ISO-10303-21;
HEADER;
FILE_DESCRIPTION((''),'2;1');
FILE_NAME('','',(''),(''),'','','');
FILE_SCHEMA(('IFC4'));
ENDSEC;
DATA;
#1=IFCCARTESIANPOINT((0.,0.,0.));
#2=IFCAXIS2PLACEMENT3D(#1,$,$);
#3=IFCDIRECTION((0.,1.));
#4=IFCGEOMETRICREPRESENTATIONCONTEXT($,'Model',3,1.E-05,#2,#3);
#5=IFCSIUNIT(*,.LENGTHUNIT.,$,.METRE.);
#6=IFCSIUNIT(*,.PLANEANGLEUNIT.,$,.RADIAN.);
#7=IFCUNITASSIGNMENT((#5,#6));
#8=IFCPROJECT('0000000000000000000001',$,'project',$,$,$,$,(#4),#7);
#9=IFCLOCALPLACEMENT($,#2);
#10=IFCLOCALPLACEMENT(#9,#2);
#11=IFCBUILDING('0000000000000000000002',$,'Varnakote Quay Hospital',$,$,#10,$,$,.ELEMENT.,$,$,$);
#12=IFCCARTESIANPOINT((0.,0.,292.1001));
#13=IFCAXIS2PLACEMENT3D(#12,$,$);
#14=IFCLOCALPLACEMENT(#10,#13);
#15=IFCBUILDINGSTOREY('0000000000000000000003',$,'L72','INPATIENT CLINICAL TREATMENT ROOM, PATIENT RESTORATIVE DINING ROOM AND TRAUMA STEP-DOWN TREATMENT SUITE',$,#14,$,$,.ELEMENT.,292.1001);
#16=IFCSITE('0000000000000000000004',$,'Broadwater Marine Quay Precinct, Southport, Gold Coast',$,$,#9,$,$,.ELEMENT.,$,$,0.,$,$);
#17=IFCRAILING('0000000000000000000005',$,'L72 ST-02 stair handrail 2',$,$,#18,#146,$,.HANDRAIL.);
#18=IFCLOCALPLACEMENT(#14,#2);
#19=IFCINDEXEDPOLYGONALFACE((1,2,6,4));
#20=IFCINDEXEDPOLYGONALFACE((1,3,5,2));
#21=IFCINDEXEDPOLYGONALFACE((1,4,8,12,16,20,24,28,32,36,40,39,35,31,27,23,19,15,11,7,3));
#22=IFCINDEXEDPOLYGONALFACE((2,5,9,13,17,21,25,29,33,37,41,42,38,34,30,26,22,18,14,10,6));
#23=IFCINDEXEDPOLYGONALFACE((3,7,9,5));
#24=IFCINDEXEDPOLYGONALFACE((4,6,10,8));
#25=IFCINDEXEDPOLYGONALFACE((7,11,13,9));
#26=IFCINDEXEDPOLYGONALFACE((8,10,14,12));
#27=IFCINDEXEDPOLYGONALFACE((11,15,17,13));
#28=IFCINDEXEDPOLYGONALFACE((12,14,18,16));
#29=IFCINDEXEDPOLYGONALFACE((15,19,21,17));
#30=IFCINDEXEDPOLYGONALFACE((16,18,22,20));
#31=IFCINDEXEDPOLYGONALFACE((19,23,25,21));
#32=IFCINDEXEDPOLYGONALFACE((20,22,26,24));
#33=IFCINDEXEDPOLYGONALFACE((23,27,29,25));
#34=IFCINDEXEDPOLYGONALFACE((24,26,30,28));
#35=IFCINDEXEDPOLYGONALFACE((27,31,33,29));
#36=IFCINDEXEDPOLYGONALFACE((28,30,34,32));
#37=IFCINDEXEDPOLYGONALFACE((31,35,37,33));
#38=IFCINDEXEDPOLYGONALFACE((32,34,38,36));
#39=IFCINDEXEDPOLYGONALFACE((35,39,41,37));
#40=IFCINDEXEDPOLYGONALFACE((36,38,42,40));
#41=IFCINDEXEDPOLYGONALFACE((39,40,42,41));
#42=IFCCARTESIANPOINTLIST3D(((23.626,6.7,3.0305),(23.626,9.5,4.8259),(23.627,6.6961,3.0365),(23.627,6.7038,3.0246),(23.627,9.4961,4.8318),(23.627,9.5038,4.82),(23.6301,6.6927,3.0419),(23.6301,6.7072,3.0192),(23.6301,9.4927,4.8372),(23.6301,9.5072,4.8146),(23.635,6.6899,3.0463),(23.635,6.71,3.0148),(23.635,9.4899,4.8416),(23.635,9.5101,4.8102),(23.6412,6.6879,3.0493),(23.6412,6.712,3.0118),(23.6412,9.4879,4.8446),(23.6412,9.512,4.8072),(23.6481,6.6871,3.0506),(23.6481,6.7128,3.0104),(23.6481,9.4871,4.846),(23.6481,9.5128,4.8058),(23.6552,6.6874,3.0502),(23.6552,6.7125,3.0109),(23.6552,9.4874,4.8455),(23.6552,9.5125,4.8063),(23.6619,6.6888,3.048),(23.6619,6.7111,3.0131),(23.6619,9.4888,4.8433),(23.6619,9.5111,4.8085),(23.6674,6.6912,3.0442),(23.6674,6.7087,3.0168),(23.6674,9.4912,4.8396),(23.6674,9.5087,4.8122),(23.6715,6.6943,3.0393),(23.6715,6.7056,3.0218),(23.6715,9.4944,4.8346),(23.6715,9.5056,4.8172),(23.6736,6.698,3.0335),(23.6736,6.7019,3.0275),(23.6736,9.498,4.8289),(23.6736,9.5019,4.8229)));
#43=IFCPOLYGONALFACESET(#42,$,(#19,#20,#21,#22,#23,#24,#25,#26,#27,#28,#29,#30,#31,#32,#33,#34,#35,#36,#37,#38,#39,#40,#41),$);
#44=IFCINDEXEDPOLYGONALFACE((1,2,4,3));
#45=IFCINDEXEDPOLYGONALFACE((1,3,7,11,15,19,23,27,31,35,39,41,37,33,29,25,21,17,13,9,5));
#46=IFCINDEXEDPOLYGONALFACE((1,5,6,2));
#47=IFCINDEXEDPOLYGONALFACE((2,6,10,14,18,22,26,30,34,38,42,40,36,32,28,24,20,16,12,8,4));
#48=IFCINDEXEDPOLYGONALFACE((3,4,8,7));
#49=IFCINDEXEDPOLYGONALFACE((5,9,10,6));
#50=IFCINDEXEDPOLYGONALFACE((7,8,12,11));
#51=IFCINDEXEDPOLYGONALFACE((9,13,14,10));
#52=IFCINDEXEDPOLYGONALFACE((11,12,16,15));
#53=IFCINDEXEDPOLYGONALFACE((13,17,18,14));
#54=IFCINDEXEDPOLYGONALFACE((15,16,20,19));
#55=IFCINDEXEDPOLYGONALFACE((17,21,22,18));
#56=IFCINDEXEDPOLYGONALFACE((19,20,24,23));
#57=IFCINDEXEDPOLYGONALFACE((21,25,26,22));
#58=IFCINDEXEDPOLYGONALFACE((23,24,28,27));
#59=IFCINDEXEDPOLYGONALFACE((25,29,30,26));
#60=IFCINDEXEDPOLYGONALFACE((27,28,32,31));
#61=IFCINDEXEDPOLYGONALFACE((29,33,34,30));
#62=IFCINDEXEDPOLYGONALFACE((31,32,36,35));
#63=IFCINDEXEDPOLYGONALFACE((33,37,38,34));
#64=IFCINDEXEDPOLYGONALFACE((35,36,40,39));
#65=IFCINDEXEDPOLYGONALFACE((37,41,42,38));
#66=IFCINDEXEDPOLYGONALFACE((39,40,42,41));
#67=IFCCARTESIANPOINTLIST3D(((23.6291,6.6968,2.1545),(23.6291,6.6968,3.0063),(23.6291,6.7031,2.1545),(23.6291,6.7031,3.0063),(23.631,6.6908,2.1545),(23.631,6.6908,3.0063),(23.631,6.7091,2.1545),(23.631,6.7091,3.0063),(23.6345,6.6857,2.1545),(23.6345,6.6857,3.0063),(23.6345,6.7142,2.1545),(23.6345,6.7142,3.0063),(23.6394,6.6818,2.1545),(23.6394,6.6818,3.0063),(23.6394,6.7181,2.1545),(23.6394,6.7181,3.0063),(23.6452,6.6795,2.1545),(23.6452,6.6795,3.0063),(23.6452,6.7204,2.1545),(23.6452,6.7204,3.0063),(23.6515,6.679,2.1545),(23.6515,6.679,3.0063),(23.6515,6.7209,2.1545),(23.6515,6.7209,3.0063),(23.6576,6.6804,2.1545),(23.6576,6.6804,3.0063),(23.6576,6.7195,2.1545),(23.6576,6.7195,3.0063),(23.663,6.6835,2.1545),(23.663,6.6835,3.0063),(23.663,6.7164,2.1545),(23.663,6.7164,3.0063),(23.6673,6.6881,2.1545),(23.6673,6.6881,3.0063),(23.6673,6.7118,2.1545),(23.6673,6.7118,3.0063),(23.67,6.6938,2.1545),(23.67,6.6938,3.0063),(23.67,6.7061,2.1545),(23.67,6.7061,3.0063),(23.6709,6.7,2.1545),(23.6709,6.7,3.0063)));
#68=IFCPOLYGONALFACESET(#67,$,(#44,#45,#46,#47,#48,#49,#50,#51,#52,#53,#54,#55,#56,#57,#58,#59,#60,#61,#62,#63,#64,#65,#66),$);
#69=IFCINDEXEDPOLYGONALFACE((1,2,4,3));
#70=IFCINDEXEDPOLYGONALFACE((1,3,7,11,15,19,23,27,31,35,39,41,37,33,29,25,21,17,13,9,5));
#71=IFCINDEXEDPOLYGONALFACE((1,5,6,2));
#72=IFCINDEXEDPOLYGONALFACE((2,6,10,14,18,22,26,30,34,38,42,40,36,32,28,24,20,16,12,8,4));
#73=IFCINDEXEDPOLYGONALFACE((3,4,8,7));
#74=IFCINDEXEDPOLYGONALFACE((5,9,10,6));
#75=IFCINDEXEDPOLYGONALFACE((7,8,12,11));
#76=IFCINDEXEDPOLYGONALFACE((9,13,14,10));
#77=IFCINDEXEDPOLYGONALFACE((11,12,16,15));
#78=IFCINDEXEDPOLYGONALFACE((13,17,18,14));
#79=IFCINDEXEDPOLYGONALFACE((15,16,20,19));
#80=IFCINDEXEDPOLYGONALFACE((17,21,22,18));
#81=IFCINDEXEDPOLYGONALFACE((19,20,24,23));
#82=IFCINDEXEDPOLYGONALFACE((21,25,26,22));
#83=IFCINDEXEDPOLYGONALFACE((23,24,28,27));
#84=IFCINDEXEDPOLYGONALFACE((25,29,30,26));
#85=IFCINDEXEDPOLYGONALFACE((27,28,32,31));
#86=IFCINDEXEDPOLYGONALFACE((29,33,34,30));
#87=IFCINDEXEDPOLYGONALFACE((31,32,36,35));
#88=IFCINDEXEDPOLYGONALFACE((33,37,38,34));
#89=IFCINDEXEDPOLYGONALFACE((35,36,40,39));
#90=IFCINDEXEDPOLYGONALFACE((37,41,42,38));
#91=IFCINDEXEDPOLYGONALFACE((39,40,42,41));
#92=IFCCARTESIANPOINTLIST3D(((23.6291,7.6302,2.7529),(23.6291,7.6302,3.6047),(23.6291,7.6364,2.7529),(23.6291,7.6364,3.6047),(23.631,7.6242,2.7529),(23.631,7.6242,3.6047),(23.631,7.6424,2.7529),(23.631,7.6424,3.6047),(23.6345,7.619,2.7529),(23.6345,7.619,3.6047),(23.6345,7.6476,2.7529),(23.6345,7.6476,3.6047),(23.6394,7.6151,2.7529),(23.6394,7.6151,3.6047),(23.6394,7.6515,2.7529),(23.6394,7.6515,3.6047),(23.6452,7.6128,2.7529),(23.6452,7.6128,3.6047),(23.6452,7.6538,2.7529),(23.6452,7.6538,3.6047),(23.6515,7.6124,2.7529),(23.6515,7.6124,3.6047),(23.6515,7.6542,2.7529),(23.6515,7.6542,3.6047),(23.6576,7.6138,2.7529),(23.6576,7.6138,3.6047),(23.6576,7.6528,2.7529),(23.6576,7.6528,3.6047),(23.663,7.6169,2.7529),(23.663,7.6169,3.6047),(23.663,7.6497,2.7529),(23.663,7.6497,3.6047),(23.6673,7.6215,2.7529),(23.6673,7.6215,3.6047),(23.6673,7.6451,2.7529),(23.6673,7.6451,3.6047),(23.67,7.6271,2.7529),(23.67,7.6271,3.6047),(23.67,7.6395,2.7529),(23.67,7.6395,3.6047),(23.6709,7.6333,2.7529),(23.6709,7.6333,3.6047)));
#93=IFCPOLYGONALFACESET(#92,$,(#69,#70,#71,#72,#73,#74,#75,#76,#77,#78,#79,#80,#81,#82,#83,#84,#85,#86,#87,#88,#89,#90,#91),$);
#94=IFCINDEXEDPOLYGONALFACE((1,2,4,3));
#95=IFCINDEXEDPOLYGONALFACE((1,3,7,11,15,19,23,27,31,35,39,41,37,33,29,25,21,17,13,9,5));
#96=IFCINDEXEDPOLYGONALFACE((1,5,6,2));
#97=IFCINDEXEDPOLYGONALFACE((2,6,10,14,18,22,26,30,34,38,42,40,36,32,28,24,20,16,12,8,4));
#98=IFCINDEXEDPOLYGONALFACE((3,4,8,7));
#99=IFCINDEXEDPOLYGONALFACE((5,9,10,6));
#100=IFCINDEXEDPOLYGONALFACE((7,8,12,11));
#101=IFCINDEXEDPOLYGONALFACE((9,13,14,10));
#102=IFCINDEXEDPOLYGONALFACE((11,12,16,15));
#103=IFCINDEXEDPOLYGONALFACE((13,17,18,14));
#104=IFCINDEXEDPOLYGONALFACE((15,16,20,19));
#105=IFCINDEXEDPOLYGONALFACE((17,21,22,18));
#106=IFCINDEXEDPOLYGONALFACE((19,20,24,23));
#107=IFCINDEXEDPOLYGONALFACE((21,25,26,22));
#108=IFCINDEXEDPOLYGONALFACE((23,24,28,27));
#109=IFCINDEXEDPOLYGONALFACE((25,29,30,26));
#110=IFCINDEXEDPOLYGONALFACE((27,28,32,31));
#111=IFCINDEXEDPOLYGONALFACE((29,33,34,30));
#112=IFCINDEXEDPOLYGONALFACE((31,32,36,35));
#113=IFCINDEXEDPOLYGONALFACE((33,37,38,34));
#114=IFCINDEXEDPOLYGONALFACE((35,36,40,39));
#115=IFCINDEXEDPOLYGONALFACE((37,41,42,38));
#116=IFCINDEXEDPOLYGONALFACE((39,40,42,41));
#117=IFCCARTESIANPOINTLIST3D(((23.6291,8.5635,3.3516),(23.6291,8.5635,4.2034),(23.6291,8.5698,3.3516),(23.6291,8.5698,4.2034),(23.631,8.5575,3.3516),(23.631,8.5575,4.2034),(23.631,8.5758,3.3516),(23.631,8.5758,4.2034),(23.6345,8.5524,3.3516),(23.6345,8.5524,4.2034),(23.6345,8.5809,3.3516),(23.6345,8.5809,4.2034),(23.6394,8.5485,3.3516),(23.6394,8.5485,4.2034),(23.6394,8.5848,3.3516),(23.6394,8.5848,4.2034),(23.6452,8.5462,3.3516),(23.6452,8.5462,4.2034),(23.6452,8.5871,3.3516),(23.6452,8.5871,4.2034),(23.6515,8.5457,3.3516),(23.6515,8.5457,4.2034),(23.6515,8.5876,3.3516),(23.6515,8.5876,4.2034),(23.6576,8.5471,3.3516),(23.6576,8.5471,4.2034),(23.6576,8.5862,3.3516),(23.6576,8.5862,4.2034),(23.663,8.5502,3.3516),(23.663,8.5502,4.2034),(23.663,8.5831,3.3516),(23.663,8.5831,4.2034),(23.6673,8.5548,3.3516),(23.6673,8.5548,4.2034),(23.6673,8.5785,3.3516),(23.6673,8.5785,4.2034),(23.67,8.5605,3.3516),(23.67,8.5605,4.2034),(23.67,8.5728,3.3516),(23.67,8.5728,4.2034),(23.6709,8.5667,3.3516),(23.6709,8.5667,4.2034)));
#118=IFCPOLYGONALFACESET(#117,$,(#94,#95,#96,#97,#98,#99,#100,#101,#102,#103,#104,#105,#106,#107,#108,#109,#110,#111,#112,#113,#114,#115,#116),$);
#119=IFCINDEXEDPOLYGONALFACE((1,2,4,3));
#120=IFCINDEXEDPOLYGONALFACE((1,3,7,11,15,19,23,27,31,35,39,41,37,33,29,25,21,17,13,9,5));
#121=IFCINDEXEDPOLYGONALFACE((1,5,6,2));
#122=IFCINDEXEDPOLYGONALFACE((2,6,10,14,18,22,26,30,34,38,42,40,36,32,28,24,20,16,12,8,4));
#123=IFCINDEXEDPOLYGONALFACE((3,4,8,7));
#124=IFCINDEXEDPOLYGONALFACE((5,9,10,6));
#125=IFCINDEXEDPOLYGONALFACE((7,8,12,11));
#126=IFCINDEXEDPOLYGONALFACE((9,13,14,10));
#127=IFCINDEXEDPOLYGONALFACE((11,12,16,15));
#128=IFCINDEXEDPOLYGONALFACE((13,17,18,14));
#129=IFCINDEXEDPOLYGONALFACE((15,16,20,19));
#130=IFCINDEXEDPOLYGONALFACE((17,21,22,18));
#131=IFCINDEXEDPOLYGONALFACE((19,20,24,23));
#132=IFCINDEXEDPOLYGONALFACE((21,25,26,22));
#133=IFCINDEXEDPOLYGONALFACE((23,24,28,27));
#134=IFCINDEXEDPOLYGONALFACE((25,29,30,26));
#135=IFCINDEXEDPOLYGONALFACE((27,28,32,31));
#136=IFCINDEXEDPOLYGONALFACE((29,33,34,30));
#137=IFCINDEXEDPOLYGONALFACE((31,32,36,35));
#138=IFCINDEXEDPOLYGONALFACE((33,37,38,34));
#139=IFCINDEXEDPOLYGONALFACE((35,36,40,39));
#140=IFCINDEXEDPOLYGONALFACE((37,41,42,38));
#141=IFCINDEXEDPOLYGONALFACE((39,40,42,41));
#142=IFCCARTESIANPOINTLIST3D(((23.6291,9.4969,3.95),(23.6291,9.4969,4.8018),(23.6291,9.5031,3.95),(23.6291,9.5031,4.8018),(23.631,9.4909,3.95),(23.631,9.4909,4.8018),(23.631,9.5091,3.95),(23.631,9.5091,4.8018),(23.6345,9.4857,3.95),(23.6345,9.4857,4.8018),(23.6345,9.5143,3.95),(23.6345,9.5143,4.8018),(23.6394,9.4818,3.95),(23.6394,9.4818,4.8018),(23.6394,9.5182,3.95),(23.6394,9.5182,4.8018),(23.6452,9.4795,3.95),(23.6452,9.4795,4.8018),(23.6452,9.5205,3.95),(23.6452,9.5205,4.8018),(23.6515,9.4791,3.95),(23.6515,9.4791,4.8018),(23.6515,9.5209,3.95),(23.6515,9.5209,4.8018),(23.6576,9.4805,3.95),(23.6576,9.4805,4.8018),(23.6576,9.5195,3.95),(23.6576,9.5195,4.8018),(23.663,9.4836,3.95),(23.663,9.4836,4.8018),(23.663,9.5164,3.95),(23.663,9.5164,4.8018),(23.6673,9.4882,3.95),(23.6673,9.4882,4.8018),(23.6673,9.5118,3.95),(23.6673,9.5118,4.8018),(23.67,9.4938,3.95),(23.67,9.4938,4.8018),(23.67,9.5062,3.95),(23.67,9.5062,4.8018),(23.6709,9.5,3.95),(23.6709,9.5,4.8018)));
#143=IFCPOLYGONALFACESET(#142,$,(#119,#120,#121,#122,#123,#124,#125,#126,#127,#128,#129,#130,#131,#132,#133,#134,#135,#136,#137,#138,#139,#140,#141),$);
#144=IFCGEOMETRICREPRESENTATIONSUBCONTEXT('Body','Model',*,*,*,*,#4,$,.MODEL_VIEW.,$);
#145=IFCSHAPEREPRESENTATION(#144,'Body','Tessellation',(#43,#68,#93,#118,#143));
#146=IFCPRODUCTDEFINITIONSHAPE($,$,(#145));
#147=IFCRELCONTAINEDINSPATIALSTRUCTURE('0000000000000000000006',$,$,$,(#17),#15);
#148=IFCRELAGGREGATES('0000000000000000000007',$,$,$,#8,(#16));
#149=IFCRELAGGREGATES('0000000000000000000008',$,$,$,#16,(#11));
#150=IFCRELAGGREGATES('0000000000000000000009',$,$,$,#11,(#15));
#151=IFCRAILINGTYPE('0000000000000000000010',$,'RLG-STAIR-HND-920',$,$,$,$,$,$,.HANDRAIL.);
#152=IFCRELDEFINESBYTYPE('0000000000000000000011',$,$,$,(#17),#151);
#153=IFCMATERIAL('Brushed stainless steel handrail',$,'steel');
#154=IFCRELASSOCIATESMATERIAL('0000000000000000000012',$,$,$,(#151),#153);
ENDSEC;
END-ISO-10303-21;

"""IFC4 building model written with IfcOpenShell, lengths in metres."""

from ifc_helpers import new_model, si_unit, direction, frame, origin, origin_2d, place, context, subcontext, project, spatial, circle, extrude, material, type_object, element, save


model = new_model("IFC4")

# Units and contexts
model_context = context("Model", 3, precision=1e-05, world=origin(), true_north=direction((0.0, 1.0)))
body_context = subcontext(model_context, "Body", "Model", "MODEL_VIEW")
ifc_project = project(units=[si_unit("LENGTHUNIT", "METRE"), si_unit("PLANEANGLEUNIT", "RADIAN")], contexts=[model_context])

# Site, building, storey
site_placement = place(None, origin())
site = spatial("IfcSite", under=ifc_project, at=site_placement, Name="Broadwater Marine Quay Precinct, Southport, Gold Coast", CompositionType="ELEMENT", RefElevation=0.0)
building_placement = place(site_placement, origin())
building = spatial("IfcBuilding", under=site, at=building_placement, Name="Varnakote Quay Hospital", CompositionType="ELEMENT")
storey_placement = place(building_placement, frame((0.0, 0.0, 292.1001)))
storey = spatial("IfcBuildingStorey", under=building, at=storey_placement, Name="L72", Description="INPATIENT CLINICAL TREATMENT ROOM, PATIENT RESTORATIVE DINING ROOM AND TRAUMA STEP-DOWN TREATMENT SUITE", CompositionType="ELEMENT", Elevation=292.1001)

# Railing
ifc_material_1 = material(Name="Brushed stainless steel handrail", Category="steel")
railing_type_1 = type_object("IfcRailingType", Name="RLG-STAIR-HND-920", PredefinedType="HANDRAIL", material=ifc_material_1)
railing_1_placement = place(storey_placement, frame((23.6499, 6.7, 2.1545)))
element("IfcRailing", 1, at=railing_1_placement, inside=storey, type_object=railing_type_1, Name="L72 ST-02 stair handrail 2", PredefinedType="HANDRAIL", context=body_context, shape_type="SweptSolid", body=[
    extrude(circle(Radius=0.0239, at=origin_2d()), frame((0.0, 0.0, 0.876), z_axis=(0.0, 0.84181, 0.539774), x_axis=(-1.0, 0.0, 0.0)), (0.0, 0.0, 1.0), 3.3262),
    extrude(circle(Radius=0.021, at=origin_2d()), origin(), (0.0, 0.0, 1.0), 0.8518),
    extrude(circle(Radius=0.021, at=origin_2d()), frame((0.0, 0.9333, 0.5984)), (0.0, 0.0, 1.0), 0.8518),
    extrude(circle(Radius=0.021, at=origin_2d()), frame((0.0, 1.8667, 1.197)), (0.0, 0.0, 1.0), 0.8518),
    extrude(circle(Radius=0.021, at=origin_2d()), frame((0.0, 2.8, 1.7954)), (0.0, 0.0, 1.0), 0.8518),
])

save(model, "model.ifc")
